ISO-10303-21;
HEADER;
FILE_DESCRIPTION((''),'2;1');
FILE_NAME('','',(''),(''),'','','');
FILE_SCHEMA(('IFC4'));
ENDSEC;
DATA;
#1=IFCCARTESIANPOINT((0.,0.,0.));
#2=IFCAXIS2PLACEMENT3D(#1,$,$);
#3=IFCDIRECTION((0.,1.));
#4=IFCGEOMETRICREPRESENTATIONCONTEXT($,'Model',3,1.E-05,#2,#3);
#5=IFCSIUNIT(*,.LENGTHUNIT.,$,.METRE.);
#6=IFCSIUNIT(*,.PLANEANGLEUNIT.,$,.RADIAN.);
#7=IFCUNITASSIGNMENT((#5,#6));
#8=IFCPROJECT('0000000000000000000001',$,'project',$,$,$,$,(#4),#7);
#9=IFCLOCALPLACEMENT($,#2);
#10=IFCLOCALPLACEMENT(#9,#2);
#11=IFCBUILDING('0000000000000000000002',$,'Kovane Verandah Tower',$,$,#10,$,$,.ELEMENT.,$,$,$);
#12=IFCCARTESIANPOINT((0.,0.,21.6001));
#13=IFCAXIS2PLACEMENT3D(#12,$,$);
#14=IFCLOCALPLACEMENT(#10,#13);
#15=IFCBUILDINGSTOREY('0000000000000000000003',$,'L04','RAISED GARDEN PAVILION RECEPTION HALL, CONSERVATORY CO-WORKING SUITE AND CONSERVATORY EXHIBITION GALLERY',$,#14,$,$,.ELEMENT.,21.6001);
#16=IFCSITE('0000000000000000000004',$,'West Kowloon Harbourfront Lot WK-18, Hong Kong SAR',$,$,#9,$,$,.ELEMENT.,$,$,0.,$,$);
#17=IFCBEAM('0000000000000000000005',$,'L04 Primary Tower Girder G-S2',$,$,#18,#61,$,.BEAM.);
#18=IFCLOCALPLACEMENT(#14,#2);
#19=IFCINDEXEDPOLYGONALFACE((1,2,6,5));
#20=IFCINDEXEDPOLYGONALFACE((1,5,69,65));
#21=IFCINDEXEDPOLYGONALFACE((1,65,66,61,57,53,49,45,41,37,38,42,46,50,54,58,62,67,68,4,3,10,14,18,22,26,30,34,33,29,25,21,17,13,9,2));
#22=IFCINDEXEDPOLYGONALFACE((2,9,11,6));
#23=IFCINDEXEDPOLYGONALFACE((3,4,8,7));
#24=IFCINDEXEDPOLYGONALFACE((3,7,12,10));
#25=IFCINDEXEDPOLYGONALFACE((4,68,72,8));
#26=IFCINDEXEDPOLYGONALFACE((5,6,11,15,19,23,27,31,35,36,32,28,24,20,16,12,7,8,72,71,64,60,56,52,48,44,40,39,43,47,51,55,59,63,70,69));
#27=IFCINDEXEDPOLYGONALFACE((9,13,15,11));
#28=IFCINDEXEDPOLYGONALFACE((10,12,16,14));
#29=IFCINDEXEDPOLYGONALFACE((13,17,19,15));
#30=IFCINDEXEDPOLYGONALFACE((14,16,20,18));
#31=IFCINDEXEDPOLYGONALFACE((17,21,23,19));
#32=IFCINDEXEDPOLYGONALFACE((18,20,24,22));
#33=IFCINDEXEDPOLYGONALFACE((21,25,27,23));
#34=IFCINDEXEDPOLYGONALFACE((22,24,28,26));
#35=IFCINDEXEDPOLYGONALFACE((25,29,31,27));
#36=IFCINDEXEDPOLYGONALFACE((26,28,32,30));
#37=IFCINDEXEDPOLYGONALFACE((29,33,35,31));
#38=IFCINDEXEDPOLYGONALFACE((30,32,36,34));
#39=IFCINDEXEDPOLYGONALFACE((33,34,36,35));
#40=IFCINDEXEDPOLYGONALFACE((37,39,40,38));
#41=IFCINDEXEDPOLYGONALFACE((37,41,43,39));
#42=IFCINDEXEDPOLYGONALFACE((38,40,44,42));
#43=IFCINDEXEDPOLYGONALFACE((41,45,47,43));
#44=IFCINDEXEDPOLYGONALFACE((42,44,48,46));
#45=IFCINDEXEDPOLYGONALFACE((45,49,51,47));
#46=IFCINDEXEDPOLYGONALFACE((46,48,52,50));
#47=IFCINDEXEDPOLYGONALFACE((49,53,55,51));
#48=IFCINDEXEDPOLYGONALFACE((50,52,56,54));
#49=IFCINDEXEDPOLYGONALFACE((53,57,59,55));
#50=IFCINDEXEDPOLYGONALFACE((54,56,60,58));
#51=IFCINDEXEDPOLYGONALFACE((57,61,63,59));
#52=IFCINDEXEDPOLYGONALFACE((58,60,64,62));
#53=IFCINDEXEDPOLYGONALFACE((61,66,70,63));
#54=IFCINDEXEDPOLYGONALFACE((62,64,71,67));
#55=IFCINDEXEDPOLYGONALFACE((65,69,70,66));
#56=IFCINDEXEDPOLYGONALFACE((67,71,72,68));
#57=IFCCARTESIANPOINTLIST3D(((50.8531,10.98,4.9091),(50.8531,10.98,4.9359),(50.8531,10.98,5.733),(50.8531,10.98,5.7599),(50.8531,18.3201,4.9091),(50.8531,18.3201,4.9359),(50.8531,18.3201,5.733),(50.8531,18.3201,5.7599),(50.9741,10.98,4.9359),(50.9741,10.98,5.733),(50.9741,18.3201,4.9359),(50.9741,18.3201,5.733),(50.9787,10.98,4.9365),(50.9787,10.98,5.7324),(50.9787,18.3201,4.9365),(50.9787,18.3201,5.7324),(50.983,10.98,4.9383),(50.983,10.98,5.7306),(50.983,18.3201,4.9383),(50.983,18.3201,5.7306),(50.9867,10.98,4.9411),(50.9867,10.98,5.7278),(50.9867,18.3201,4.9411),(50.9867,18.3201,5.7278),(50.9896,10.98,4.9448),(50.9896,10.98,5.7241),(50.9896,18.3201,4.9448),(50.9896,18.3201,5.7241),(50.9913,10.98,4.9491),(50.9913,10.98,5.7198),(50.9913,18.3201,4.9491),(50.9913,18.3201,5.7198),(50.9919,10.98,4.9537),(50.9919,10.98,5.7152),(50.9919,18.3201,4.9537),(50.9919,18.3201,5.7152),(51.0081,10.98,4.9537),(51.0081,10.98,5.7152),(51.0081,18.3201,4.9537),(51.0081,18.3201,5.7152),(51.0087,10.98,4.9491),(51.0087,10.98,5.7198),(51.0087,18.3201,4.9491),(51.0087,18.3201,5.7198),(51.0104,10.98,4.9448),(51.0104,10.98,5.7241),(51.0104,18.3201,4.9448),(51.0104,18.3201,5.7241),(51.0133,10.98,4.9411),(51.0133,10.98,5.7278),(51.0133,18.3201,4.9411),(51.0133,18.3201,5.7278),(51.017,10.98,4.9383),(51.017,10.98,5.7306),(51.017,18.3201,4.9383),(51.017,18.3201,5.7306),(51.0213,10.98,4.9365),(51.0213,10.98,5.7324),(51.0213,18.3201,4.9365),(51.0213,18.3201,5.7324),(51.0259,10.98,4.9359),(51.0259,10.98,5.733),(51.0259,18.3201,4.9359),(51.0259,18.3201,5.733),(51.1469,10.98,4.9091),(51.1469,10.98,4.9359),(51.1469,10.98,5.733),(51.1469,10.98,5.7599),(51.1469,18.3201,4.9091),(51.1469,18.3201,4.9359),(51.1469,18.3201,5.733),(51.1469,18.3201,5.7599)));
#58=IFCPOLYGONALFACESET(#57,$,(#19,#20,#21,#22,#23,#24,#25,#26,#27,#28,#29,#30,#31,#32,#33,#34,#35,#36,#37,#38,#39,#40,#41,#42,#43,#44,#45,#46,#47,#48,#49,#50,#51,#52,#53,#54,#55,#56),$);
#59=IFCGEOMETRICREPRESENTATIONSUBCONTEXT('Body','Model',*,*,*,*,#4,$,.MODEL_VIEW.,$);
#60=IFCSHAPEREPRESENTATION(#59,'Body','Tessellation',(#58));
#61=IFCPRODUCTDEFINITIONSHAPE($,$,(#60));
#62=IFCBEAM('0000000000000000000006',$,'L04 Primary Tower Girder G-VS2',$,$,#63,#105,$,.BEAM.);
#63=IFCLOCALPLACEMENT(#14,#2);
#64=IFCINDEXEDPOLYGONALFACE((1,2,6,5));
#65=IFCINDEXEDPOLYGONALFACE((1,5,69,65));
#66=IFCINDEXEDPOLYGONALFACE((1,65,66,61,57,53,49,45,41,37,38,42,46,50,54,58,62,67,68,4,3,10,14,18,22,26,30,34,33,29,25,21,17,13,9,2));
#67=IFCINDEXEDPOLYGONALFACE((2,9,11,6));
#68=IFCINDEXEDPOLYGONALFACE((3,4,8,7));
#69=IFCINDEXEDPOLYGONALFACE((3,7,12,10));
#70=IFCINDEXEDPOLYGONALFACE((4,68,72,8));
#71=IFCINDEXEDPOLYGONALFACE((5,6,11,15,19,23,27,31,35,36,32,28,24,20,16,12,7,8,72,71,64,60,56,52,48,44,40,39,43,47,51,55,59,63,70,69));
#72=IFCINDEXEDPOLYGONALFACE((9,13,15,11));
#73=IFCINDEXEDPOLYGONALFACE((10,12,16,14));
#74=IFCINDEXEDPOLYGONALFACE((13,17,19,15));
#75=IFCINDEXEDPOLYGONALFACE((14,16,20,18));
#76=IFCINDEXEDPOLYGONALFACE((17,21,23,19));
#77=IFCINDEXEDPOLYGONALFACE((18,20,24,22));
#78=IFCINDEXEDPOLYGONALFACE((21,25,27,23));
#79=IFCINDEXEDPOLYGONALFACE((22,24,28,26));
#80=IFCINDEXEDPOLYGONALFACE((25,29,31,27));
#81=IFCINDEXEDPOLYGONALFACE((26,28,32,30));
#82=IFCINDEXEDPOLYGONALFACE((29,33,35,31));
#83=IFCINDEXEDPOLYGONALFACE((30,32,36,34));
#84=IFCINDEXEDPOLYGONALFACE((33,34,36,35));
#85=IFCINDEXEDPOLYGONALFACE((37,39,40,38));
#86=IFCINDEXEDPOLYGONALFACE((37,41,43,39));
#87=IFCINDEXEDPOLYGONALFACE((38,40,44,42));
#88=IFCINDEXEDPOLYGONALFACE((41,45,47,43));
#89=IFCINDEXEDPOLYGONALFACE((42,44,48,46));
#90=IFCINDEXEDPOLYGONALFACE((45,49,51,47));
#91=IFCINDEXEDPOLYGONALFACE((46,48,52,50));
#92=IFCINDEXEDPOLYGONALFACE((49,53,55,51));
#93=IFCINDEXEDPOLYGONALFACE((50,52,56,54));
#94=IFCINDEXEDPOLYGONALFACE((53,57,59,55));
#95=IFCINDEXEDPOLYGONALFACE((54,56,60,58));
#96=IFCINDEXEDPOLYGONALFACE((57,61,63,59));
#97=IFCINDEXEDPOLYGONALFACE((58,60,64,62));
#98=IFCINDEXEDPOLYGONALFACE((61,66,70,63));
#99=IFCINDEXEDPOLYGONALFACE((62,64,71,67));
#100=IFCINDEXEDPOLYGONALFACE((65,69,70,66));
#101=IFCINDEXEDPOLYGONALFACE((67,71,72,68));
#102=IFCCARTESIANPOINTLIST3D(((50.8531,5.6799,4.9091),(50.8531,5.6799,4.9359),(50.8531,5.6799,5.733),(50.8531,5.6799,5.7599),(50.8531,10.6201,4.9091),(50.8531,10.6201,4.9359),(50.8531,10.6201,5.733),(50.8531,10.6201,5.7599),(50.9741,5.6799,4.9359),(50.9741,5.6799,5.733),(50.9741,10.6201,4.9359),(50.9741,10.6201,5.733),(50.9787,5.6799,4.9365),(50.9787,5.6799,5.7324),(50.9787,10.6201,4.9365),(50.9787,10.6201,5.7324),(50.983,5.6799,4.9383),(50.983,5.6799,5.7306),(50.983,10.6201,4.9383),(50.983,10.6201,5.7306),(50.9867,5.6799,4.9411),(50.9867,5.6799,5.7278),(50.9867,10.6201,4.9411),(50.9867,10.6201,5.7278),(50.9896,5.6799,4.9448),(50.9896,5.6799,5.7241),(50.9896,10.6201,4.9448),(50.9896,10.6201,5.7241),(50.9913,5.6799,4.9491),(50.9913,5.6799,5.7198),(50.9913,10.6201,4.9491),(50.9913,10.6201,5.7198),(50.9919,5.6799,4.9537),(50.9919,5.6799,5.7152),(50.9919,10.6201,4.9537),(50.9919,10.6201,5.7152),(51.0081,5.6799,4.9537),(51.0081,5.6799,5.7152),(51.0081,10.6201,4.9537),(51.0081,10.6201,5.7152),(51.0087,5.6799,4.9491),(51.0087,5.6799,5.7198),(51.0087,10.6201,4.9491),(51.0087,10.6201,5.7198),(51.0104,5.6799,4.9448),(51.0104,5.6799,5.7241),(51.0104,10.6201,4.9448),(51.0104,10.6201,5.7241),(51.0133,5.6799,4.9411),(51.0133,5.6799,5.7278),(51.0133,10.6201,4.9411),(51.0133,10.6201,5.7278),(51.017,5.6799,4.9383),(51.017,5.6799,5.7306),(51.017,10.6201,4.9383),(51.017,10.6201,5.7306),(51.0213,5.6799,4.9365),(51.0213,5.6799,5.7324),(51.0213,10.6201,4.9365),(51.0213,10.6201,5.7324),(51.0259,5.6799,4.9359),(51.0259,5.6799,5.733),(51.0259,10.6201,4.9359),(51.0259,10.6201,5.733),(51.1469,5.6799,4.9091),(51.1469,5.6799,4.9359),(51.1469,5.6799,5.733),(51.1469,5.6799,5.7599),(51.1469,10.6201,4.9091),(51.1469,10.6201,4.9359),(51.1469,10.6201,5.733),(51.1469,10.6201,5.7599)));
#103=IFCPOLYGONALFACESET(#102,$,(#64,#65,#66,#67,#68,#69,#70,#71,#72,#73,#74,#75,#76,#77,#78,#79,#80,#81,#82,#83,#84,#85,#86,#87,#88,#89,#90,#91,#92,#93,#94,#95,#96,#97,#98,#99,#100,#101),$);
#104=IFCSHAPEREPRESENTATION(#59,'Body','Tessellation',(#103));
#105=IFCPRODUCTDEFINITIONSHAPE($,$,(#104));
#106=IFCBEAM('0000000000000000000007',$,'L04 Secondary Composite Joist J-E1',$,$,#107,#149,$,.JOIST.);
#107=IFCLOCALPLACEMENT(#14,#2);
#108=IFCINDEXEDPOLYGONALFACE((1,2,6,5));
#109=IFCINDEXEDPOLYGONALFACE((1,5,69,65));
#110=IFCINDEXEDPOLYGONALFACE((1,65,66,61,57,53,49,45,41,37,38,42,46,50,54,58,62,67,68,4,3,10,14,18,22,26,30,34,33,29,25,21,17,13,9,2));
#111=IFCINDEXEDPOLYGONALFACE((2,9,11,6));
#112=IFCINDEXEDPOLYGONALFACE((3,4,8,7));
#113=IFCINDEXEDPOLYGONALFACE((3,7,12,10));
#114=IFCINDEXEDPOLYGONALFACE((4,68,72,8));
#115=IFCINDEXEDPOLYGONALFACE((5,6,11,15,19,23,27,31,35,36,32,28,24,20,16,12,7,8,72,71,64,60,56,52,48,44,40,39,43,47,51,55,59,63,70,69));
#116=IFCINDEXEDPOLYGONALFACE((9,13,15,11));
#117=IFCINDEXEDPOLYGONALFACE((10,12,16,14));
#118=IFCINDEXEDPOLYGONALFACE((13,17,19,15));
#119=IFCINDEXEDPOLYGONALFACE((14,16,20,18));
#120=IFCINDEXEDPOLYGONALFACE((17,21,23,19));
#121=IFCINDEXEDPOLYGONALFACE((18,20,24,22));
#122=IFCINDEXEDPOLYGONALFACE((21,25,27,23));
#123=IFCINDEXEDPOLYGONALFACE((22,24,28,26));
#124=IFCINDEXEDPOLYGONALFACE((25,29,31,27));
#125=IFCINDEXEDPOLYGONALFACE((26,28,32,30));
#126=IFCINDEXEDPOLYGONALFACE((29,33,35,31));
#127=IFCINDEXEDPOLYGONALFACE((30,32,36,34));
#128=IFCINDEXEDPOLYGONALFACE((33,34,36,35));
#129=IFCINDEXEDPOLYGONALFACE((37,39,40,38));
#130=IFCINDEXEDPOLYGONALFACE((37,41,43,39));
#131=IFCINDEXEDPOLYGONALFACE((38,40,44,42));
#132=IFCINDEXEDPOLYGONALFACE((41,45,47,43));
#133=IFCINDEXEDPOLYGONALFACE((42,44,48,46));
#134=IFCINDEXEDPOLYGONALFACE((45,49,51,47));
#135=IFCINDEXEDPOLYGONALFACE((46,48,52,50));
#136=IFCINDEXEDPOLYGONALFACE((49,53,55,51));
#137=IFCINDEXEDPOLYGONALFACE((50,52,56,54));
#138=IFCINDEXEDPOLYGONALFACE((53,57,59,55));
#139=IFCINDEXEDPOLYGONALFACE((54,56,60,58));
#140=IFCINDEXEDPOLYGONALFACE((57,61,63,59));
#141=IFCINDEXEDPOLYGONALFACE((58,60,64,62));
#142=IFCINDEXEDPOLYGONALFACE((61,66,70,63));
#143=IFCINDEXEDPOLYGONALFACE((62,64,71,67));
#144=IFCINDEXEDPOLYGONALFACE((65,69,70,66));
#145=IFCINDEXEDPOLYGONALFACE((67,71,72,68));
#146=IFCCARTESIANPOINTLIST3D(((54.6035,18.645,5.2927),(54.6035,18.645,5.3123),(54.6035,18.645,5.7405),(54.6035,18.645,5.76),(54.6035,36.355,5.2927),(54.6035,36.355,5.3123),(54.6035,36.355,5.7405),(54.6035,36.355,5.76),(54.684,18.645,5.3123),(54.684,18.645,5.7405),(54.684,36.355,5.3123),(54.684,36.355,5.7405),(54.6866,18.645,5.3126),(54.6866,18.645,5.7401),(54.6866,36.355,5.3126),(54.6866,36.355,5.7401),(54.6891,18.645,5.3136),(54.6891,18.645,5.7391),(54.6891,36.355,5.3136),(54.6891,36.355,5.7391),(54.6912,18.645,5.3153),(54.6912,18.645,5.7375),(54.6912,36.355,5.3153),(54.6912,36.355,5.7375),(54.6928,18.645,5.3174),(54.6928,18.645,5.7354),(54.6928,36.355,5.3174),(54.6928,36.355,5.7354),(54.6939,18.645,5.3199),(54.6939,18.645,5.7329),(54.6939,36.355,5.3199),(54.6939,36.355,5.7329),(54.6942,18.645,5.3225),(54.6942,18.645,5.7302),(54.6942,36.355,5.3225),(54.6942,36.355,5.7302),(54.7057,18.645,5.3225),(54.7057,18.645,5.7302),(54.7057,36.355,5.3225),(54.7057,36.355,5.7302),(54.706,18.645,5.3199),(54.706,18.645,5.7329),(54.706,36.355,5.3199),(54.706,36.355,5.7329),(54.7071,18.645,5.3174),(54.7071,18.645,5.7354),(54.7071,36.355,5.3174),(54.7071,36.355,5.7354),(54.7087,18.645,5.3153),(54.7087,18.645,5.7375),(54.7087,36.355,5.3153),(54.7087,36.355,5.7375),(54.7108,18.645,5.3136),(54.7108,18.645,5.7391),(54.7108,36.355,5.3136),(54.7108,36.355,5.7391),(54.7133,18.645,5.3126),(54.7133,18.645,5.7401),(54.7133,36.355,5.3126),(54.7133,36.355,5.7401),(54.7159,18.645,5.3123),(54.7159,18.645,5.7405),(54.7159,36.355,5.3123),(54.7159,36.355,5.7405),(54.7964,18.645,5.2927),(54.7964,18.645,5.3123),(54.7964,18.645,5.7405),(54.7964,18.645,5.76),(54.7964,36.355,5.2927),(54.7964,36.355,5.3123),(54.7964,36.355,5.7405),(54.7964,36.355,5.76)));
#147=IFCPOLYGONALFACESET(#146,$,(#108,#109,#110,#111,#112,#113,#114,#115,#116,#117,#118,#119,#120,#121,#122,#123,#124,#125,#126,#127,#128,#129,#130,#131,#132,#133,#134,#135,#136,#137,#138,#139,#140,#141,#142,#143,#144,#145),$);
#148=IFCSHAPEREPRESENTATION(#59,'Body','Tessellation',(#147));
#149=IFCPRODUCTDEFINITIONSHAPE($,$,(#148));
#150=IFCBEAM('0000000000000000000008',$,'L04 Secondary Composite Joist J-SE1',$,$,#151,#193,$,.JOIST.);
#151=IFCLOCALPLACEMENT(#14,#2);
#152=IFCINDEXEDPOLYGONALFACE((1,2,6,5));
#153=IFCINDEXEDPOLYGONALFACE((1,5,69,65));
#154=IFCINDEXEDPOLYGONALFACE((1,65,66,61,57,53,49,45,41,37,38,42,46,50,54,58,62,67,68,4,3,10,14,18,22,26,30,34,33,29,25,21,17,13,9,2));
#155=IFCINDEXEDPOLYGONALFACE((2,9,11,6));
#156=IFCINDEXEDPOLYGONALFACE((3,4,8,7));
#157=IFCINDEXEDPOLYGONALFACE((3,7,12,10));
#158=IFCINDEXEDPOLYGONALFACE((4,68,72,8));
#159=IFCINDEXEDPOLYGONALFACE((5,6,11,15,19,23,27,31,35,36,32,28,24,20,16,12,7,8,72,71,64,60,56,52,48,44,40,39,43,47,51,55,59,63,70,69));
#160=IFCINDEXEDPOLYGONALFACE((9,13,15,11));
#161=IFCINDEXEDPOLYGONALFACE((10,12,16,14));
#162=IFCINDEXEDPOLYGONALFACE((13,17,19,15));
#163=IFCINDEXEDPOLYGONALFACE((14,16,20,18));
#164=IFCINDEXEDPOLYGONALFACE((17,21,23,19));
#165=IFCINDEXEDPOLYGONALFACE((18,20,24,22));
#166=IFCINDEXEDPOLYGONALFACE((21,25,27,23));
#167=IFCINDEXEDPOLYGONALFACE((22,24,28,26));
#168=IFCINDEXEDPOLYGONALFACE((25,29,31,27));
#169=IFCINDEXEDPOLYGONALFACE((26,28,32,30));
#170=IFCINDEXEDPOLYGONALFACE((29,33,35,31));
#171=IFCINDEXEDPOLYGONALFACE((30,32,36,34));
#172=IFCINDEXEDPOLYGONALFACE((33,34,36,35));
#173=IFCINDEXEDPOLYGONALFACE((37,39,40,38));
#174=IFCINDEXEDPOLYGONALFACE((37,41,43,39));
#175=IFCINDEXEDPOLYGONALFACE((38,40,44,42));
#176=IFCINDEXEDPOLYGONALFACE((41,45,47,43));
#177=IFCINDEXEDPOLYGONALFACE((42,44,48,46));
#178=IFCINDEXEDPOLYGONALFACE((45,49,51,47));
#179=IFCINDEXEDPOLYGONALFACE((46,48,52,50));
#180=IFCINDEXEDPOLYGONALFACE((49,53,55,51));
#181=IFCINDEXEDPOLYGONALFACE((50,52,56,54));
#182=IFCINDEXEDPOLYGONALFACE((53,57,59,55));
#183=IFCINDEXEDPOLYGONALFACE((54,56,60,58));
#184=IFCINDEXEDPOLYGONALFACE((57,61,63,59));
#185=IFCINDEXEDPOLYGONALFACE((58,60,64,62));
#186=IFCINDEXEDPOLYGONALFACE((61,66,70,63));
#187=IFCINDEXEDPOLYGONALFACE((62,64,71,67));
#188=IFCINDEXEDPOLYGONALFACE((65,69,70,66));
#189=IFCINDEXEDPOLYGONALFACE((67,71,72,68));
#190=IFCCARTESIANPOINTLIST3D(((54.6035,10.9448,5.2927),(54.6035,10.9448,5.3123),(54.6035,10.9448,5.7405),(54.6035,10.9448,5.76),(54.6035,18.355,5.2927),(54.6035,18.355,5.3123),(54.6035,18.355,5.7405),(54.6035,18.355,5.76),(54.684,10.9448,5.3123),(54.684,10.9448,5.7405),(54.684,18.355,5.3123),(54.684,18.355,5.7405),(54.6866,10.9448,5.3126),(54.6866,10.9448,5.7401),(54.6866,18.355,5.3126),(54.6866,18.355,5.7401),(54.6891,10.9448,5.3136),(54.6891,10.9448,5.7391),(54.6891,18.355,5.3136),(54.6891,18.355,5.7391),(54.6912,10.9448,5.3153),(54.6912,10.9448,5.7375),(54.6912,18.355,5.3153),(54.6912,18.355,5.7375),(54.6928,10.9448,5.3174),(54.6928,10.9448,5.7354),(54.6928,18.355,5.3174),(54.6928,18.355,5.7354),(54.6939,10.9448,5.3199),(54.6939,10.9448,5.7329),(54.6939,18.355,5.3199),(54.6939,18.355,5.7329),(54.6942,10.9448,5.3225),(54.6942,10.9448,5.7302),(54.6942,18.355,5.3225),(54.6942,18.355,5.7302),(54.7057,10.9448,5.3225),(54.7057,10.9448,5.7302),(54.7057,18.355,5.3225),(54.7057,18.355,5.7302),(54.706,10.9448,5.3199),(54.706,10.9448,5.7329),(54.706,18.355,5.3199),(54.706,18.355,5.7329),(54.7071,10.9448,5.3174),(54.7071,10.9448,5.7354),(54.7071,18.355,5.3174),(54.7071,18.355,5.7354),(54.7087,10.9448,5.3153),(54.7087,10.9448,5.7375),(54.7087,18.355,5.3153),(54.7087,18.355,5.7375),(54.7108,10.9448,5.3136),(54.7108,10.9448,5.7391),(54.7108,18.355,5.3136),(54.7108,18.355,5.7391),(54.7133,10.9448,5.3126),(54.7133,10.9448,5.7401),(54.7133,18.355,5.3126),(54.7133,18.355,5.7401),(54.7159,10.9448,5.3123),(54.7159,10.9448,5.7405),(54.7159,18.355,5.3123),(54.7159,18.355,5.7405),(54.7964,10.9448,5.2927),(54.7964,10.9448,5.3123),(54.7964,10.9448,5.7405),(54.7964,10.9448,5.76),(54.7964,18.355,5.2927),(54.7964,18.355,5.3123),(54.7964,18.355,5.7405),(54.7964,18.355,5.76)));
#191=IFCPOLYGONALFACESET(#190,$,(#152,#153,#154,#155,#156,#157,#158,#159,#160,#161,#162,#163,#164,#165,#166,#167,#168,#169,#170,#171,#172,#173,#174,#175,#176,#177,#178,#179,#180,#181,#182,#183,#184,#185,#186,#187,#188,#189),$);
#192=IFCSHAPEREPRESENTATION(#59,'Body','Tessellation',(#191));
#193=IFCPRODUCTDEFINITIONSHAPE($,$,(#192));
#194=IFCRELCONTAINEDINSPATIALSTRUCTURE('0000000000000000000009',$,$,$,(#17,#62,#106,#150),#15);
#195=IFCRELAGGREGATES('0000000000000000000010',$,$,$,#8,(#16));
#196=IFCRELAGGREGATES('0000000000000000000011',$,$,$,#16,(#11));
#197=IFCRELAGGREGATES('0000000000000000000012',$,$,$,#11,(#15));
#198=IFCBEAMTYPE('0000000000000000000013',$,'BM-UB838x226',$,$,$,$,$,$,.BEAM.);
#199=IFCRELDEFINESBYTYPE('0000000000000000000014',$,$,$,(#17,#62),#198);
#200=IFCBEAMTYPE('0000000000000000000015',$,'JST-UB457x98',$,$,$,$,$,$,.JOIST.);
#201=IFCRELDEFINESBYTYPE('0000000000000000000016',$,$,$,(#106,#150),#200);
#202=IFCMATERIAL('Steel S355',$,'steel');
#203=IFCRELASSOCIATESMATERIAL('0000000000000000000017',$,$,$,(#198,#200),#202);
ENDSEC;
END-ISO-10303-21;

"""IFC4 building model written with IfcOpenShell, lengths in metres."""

from ifc_helpers import new_model, si_unit, direction, frame, origin, origin_2d, place, context, subcontext, project, spatial, i_section, extrude, material, material_profile, profile_set, type_object, element, save


model = new_model("IFC4")

# Units and contexts
model_context = context("Model", 3, precision=1e-05, world=origin(), true_north=direction((0.0, 1.0)))
body_context = subcontext(model_context, "Body", "Model", "MODEL_VIEW")
ifc_project = project(units=[si_unit("LENGTHUNIT", "METRE"), si_unit("PLANEANGLEUNIT", "RADIAN")], contexts=[model_context])

# Site, building, storey
site_placement = place(None, origin())
site = spatial("IfcSite", under=ifc_project, at=site_placement, Name="West Kowloon Harbourfront Lot WK-18, Hong Kong SAR", CompositionType="ELEMENT", RefElevation=0.0)
building_placement = place(site_placement, origin())
building = spatial("IfcBuilding", under=site, at=building_placement, Name="Kovane Verandah Tower", CompositionType="ELEMENT")
storey_placement = place(building_placement, frame((0.0, 0.0, 21.6001)))
storey = spatial("IfcBuildingStorey", under=building, at=storey_placement, Name="L04", Description="RAISED GARDEN PAVILION RECEPTION HALL, CONSERVATORY CO-WORKING SUITE AND CONSERVATORY EXHIBITION GALLERY", CompositionType="ELEMENT", Elevation=21.6001)

# Beams
ifc_material_1 = material(Name="Steel S355", Category="steel")
ifc_material_profile_1 = material_profile(ifc_material_1, i_section(OverallWidth=0.2937, OverallDepth=0.8508, WebThickness=0.0161, FlangeThickness=0.0269, FilletRadius=0.0178, at=origin_2d()), Name="UB838x292x226")
ifc_profile_set_1 = profile_set([ifc_material_profile_1], Name="Steel S355")
beam_type_1 = type_object("IfcBeamType", Name="BM-UB838x226", PredefinedType="BEAM", material=ifc_profile_set_1)
beam_1_placement = place(storey_placement, frame((51.0, 18.3201, 5.3345), z_axis=(0.0, -1.0, 0.0), x_axis=(1.0, 0.0, 0.0)))
element("IfcBeam", 1, at=beam_1_placement, inside=storey, type_object=beam_type_1, Name="L04 Primary Tower Girder G-S2", PredefinedType="BEAM", context=body_context, shape_type="SweptSolid", body=[
    extrude(i_section(OverallWidth=0.2937, OverallDepth=0.8508, WebThickness=0.0161, FlangeThickness=0.0269, FilletRadius=0.0178, at=origin_2d()), origin(), (0.0, 0.0, 1.0), 7.3401),
])
beam_2_placement = place(storey_placement, frame((51.0, 10.6201, 5.3345), z_axis=(0.0, -1.0, 0.0), x_axis=(1.0, 0.0, 0.0)))
element("IfcBeam", 2, at=beam_2_placement, inside=storey, type_object=beam_type_1, Name="L04 Primary Tower Girder G-VS2", PredefinedType="BEAM", context=body_context, shape_type="SweptSolid", body=[
    extrude(i_section(OverallWidth=0.2937, OverallDepth=0.8508, WebThickness=0.0161, FlangeThickness=0.0269, FilletRadius=0.0178, at=origin_2d()), origin(), (0.0, 0.0, 1.0), 4.9402),
])
ifc_material_profile_2 = material_profile(ifc_material_1, i_section(OverallWidth=0.1929, OverallDepth=0.4673, WebThickness=0.0115, FlangeThickness=0.0195, FilletRadius=0.0103, at=origin_2d()), Name="UB457x191x98")
ifc_profile_set_2 = profile_set([ifc_material_profile_2], Name="Steel S355")
beam_type_2 = type_object("IfcBeamType", Name="JST-UB457x98", PredefinedType="JOIST", material=ifc_profile_set_2)
beam_3_placement = place(storey_placement, frame((54.7, 18.645, 5.5264), z_axis=(0.0, 1.0, 0.0), x_axis=(-1.0, 0.0, 0.0)))
element("IfcBeam", 3, at=beam_3_placement, inside=storey, type_object=beam_type_2, Name="L04 Secondary Composite Joist J-E1", PredefinedType="JOIST", context=body_context, shape_type="SweptSolid", body=[
    extrude(i_section(OverallWidth=0.1929, OverallDepth=0.4673, WebThickness=0.0115, FlangeThickness=0.0195, FilletRadius=0.0103, at=origin_2d()), origin(), (0.0, 0.0, 1.0), 17.71),
])
beam_4_placement = place(storey_placement, frame((54.7, 10.9448, 5.5264), z_axis=(0.0, 1.0, 0.0), x_axis=(-1.0, 0.0, 0.0)))
element("IfcBeam", 4, at=beam_4_placement, inside=storey, type_object=beam_type_2, Name="L04 Secondary Composite Joist J-SE1", PredefinedType="JOIST", context=body_context, shape_type="SweptSolid", body=[
    extrude(i_section(OverallWidth=0.1929, OverallDepth=0.4673, WebThickness=0.0115, FlangeThickness=0.0195, FilletRadius=0.0103, at=origin_2d()), origin(), (0.0, 0.0, 1.0), 7.4102),
])

save(model, "model.ifc")
